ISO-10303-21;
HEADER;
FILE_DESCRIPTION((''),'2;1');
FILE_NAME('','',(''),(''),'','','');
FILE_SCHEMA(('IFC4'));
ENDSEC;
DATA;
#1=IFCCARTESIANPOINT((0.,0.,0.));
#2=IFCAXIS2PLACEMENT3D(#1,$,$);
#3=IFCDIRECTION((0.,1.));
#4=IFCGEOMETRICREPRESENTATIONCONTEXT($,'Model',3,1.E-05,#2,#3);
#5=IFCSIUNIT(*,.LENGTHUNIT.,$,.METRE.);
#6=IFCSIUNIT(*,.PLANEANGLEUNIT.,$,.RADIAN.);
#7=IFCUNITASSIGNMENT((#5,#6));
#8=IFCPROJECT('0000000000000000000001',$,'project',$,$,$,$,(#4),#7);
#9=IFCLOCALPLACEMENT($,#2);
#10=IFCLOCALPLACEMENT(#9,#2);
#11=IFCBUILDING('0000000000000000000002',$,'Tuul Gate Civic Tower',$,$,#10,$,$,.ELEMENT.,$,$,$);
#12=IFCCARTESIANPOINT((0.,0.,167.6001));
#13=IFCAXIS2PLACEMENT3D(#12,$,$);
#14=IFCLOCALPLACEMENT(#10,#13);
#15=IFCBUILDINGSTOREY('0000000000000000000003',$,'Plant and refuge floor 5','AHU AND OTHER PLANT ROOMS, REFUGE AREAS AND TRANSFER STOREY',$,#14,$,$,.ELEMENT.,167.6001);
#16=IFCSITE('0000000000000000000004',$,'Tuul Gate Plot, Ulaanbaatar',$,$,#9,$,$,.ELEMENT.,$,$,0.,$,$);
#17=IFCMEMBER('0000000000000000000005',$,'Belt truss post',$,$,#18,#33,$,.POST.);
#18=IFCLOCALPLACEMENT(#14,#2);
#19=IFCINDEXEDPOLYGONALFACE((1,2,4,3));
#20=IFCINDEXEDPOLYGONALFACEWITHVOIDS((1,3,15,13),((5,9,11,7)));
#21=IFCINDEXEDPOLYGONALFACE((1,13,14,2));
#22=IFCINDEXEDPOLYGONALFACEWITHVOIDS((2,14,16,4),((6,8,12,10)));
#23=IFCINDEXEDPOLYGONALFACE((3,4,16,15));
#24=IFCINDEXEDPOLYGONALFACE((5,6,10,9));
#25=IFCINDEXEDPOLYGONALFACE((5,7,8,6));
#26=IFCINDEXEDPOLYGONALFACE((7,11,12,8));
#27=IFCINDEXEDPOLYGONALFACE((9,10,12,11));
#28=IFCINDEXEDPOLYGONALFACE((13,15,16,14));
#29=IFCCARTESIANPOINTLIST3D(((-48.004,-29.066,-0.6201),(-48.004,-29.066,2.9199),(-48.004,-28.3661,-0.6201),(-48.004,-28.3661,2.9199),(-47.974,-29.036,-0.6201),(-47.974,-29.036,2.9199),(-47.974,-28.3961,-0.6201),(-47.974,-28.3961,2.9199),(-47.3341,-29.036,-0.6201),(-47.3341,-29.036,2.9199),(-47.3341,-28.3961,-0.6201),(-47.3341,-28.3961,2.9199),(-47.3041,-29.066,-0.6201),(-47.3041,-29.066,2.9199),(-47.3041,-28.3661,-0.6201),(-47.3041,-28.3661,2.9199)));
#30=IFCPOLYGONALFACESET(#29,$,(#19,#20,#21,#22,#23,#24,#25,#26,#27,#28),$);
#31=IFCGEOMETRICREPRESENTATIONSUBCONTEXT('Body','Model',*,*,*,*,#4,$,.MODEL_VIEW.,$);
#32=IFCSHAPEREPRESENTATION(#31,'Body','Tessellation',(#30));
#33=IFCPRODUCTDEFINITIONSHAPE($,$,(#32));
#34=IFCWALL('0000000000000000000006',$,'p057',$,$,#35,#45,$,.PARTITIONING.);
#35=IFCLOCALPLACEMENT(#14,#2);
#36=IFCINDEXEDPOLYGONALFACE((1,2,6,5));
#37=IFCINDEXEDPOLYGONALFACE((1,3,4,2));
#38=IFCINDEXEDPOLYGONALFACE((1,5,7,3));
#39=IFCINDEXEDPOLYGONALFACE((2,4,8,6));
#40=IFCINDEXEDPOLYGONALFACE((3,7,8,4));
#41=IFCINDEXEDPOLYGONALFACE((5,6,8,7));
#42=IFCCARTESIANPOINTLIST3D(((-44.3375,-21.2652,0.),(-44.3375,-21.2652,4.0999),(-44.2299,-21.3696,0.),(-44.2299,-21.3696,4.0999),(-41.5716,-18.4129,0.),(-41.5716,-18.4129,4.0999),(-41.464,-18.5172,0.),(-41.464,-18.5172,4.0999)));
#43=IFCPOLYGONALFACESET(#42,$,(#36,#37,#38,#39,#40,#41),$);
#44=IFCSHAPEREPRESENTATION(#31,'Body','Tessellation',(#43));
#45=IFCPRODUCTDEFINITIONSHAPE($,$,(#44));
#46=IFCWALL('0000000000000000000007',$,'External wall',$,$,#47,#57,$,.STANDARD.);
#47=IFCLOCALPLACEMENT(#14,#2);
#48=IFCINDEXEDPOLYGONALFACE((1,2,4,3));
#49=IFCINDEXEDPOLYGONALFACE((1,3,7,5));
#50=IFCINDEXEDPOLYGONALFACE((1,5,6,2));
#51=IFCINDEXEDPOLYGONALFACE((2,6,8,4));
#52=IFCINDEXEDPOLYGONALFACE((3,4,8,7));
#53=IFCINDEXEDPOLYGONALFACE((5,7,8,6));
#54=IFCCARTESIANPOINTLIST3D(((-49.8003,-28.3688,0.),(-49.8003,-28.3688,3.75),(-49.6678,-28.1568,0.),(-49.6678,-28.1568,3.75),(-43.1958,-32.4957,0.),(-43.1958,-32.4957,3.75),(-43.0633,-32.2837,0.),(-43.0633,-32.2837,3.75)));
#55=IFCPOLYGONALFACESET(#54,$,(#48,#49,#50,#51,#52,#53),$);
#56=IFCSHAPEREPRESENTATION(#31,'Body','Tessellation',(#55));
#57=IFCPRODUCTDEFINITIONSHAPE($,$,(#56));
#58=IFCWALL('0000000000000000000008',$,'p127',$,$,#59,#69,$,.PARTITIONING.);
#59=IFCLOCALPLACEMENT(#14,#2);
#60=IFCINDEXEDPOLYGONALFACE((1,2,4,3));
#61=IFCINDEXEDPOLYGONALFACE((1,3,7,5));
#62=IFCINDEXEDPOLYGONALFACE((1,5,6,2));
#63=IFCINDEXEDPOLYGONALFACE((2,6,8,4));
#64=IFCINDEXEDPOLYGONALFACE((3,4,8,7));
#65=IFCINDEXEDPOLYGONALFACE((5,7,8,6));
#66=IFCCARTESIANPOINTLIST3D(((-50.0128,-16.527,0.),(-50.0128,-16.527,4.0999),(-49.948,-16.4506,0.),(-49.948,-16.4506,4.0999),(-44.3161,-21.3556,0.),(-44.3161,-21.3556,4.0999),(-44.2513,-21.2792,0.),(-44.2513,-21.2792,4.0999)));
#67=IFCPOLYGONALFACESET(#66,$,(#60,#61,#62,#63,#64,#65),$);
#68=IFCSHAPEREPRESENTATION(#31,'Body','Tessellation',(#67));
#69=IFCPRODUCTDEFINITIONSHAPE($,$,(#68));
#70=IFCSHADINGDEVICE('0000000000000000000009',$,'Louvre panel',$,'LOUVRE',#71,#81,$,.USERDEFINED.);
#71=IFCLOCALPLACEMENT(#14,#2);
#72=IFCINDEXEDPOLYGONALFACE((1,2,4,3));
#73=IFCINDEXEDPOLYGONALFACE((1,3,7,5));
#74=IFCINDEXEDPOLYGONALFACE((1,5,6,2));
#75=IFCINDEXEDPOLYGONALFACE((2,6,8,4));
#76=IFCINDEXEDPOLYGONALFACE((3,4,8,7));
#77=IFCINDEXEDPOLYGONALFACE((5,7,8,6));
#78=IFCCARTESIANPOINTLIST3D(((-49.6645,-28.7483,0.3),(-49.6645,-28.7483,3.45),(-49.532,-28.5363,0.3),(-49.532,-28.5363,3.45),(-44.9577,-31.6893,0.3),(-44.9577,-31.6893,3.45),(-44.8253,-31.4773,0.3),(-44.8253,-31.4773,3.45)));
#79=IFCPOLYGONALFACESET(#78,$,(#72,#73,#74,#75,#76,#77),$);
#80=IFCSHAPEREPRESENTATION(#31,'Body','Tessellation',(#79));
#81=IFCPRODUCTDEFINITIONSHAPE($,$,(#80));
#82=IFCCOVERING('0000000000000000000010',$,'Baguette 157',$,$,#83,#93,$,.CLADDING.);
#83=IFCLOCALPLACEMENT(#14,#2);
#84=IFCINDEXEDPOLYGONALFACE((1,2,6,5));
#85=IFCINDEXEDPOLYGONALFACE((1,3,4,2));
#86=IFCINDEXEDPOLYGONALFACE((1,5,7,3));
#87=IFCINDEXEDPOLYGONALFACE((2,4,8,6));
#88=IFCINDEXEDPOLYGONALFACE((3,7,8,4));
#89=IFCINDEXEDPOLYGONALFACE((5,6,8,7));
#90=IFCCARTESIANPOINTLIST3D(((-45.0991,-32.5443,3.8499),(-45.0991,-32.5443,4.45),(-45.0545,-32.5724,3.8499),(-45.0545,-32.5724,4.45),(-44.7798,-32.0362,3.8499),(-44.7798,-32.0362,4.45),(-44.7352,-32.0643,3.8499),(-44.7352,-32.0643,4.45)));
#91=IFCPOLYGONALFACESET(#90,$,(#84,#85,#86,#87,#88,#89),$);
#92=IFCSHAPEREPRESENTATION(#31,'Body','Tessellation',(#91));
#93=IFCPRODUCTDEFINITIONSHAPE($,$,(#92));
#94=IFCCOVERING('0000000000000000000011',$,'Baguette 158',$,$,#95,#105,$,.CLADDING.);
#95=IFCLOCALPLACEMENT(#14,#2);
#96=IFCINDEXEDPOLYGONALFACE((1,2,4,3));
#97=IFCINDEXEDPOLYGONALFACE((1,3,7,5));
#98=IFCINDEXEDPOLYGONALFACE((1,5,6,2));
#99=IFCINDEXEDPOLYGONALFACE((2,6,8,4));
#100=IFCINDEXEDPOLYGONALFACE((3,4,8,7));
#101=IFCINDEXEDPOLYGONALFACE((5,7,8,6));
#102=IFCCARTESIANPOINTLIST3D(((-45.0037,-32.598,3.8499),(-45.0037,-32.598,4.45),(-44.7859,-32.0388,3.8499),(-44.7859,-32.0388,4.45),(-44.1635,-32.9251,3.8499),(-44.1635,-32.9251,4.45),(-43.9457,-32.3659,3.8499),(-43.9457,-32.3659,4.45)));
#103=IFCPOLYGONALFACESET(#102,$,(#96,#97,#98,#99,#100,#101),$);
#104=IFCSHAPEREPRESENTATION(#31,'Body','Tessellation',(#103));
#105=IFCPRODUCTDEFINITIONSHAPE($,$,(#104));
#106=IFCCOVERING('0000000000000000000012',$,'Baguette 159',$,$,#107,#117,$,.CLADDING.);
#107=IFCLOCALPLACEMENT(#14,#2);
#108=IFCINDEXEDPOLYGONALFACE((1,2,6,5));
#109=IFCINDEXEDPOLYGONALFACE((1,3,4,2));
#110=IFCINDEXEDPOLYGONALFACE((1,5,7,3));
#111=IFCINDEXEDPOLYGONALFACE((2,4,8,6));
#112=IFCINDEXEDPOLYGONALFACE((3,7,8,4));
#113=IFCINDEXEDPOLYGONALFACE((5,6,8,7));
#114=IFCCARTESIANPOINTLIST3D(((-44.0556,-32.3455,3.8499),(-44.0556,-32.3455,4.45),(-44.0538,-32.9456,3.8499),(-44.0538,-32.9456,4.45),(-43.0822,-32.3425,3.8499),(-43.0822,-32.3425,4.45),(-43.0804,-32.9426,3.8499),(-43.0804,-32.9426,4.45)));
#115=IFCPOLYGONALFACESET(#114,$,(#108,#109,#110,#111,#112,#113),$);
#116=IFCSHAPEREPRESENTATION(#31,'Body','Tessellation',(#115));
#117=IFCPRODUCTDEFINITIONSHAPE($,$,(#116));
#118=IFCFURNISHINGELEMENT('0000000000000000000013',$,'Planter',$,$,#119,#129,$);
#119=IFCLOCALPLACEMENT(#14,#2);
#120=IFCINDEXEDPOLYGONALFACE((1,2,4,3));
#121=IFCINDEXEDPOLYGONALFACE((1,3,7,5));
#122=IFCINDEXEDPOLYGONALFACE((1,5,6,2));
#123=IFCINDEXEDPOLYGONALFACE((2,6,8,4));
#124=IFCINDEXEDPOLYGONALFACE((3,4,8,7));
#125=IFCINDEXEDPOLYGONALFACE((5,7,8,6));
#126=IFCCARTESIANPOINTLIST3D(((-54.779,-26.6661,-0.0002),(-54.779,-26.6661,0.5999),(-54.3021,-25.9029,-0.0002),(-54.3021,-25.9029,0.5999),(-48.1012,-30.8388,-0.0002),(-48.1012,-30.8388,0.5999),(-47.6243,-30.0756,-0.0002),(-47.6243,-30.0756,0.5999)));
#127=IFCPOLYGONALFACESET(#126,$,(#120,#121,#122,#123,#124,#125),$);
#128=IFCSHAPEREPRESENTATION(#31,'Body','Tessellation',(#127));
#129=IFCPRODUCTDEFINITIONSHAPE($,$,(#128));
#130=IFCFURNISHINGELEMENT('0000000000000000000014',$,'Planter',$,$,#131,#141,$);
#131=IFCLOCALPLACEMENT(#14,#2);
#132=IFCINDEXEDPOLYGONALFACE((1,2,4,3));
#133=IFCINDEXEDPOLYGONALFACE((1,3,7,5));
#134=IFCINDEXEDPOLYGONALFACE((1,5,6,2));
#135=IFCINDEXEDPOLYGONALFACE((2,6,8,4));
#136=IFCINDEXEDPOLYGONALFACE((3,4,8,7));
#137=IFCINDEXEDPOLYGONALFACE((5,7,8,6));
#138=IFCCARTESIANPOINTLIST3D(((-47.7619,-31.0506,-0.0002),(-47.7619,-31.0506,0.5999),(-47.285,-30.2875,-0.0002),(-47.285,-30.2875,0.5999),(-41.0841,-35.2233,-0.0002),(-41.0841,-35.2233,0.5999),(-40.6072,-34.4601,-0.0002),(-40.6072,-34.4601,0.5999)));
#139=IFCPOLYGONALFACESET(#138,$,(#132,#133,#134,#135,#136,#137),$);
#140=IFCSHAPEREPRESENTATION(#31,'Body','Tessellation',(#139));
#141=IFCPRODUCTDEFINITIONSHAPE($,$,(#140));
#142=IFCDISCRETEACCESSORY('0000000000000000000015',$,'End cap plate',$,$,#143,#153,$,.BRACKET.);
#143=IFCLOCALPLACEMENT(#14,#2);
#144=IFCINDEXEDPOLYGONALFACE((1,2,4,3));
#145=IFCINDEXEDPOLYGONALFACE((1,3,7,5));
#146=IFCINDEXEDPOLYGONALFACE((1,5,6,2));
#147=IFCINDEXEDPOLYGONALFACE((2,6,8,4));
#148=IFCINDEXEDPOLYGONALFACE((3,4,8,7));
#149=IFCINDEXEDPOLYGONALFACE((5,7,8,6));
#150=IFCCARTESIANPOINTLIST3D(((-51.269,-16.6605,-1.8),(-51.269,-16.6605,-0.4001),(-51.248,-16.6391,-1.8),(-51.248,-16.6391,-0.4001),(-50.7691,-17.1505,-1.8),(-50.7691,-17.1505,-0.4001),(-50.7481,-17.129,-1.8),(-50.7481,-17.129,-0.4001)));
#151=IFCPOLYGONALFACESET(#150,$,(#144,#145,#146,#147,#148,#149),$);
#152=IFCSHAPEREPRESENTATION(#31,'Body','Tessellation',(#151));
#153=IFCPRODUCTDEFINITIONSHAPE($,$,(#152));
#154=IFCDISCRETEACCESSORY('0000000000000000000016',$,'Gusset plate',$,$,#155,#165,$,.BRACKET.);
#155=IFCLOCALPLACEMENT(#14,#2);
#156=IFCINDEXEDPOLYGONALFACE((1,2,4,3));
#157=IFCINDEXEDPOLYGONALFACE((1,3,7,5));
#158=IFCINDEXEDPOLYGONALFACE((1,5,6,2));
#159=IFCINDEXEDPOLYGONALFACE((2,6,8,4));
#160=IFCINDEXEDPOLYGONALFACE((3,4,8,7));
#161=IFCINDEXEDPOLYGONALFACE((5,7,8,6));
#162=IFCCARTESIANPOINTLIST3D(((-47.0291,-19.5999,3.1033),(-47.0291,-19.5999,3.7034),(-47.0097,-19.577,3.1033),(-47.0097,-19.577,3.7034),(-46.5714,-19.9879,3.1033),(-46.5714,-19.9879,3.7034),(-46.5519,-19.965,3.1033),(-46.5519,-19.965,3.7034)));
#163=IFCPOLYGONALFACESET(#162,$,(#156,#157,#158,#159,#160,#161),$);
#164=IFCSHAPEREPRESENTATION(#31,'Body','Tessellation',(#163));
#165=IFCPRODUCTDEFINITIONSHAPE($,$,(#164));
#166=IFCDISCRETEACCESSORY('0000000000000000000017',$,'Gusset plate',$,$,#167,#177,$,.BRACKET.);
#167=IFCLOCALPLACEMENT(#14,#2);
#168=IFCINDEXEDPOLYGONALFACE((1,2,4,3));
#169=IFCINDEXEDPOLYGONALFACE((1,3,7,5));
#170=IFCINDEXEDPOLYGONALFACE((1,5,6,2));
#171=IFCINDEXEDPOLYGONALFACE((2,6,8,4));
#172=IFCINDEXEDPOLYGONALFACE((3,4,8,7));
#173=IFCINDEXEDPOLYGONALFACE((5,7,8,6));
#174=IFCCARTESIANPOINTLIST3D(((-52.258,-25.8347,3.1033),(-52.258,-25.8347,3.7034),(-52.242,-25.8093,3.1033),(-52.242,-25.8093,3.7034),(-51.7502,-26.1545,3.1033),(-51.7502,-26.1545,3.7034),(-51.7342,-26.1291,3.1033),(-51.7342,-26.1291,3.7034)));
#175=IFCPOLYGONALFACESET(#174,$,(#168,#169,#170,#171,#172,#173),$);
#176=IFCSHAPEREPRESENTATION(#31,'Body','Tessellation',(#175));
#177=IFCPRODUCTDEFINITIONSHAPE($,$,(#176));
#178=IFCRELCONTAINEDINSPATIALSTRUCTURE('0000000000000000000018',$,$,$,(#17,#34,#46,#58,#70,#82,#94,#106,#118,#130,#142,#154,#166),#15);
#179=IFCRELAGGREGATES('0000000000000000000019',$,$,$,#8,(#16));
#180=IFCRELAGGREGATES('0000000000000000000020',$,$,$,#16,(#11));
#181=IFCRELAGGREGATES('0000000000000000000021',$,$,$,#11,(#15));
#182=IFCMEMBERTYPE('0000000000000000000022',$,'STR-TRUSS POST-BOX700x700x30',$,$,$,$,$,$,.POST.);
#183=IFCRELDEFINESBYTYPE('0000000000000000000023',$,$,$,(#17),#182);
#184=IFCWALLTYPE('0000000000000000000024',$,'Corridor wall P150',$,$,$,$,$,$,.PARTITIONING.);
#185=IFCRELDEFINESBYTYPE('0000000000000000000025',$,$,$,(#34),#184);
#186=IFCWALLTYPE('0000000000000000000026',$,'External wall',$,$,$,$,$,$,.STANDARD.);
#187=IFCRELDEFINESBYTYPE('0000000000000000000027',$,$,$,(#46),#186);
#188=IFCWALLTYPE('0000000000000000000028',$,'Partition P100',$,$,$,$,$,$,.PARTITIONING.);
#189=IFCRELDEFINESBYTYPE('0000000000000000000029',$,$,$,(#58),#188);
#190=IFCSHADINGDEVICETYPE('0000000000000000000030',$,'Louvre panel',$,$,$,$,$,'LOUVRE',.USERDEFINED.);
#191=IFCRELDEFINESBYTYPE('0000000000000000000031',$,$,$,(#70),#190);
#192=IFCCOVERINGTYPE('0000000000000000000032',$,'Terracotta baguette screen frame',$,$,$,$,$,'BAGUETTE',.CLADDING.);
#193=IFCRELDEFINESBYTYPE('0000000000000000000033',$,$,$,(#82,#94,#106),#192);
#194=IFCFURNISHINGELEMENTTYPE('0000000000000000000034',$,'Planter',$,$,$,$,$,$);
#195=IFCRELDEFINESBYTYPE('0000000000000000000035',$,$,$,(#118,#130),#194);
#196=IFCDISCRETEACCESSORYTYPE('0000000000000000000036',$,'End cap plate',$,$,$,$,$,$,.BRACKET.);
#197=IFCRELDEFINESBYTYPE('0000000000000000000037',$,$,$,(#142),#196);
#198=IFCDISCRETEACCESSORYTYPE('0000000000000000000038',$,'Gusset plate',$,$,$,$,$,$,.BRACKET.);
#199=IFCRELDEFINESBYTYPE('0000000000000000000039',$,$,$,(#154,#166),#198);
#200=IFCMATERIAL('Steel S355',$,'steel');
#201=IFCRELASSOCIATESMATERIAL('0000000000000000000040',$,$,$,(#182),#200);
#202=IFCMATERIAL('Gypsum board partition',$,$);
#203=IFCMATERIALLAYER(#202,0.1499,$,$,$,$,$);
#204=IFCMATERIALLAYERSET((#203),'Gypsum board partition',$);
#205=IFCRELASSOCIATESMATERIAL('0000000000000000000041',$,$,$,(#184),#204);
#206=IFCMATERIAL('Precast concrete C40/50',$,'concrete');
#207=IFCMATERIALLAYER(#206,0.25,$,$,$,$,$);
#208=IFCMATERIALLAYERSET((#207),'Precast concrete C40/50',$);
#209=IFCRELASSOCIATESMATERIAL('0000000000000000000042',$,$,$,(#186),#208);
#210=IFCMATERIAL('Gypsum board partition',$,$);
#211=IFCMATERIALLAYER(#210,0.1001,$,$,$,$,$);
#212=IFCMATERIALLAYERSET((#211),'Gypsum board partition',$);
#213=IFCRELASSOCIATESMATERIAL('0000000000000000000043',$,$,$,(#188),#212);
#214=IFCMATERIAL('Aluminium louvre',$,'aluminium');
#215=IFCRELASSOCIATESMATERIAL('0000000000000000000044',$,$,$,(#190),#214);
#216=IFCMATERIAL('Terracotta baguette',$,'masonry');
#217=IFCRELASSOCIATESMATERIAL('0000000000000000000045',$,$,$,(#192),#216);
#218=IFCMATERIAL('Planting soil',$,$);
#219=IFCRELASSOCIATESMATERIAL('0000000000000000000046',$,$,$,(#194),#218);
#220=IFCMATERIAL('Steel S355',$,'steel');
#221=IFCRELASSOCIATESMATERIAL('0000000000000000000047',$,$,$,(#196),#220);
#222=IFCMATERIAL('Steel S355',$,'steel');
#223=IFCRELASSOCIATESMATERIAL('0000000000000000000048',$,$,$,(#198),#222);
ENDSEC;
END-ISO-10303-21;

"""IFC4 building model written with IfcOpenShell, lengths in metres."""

from ifc_helpers import new_model, si_unit, direction, frame, frame_2d, origin, origin_2d, place, context, subcontext, project, spatial, rectangle, hollow_rectangle, extrude, material, layer, layer_set, material_profile, profile_set, type_object, element, save


model = new_model("IFC4")

# Units and contexts
model_context = context("Model", 3, precision=1e-05, world=origin(), true_north=direction((0.0, 1.0)))
body_context = subcontext(model_context, "Body", "Model", "MODEL_VIEW")
ifc_project = project(units=[si_unit("LENGTHUNIT", "METRE"), si_unit("PLANEANGLEUNIT", "RADIAN")], contexts=[model_context])

# Site, building, storey
site_placement = place(None, origin())
site = spatial("IfcSite", under=ifc_project, at=site_placement, Name="Tuul Gate Plot, Ulaanbaatar", CompositionType="ELEMENT", RefElevation=0.0)
building_placement = place(site_placement, origin())
building = spatial("IfcBuilding", under=site, at=building_placement, Name="Tuul Gate Civic Tower", CompositionType="ELEMENT")
storey_placement = place(building_placement, frame((0.0, 0.0, 167.6001)))
storey = spatial("IfcBuildingStorey", under=building, at=storey_placement, Name="Plant and refuge floor 5", Description="AHU AND OTHER PLANT ROOMS, REFUGE AREAS AND TRANSFER STOREY", CompositionType="ELEMENT", Elevation=167.6001)

# Member
ifc_material_1 = material(Name="Steel S355", Category="steel")
ifc_material_profile_1 = material_profile(ifc_material_1, hollow_rectangle(XDim=0.7, YDim=0.7, WallThickness=0.03, at=origin_2d()), Name="BOX700x700x30")
ifc_profile_set_1 = profile_set([ifc_material_profile_1], Name="Steel S355")
member_type_1 = type_object("IfcMemberType", Name="STR-TRUSS POST-BOX700x700x30", PredefinedType="POST", material=ifc_profile_set_1)
for number, where, z_axis, x_axis, name in (
    (1, (-47.6541, -28.7161, -0.6201), (0.0, 0.0, 1.0), (1.0, 0.0, 0.0), "Belt truss post"),
):
    element("IfcMember", number, at=place(storey_placement, frame(where, z_axis=z_axis, x_axis=x_axis)), inside=storey, type_object=member_type_1, Name=name, PredefinedType="POST", context=body_context, shape_type="SweptSolid", body=[
        extrude(hollow_rectangle(XDim=0.7, YDim=0.7, WallThickness=0.03, at=origin_2d()), origin(), (0.0, 0.0, 1.0), 3.54),
    ])

# Walls
ifc_material_2 = material(Name="Gypsum board partition")
ifc_layer_1 = layer(ifc_material_2, 0.1499)
ifc_layer_set_1 = layer_set([ifc_layer_1], Name="Gypsum board partition")
wall_type_1 = type_object("IfcWallType", Name="Corridor wall P150", PredefinedType="PARTITIONING", material=ifc_layer_set_1)
wall_1_placement = place(storey_placement, frame((-44.2837, -21.3174, 0.0), z_axis=(0.0, 0.0, 1.0), x_axis=(0.696147, 0.717899, 0.0)))
element("IfcWall", 2, at=wall_1_placement, inside=storey, type_object=wall_type_1, Name="p057", PredefinedType="PARTITIONING", context=body_context, shape_type="SweptSolid", body=[
    extrude(rectangle(XDim=3.9731, YDim=0.1499, at=frame_2d((1.9866, 0.0))), origin(), (0.0, 0.0, 1.0), 4.0999),
])
ifc_material_3 = material(Name="Precast concrete C40/50", Category="concrete")
ifc_layer_2 = layer(ifc_material_3, 0.25)
ifc_layer_set_2 = layer_set([ifc_layer_2], Name="Precast concrete C40/50")
wall_type_2 = type_object("IfcWallType", Name="External wall", PredefinedType="STANDARD", material=ifc_layer_set_2)
wall_2_placement = place(storey_placement, frame((-49.7341, -28.2627, 0.0), z_axis=(0.0, 0.0, 1.0), x_axis=(0.848048, -0.52992, 0.0)))
element("IfcWall", 3, at=wall_2_placement, inside=storey, type_object=wall_type_2, Name="External wall", PredefinedType="STANDARD", context=body_context, shape_type="SweptSolid", body=[
    extrude(rectangle(XDim=7.7878, YDim=0.25, at=frame_2d((3.894, 0.0))), origin(), (0.0, 0.0, 1.0), 3.75),
])
ifc_material_4 = material(Name="Gypsum board partition")
ifc_layer_3 = layer(ifc_material_4, 0.1001)
ifc_layer_set_3 = layer_set([ifc_layer_3], Name="Gypsum board partition")
wall_type_3 = type_object("IfcWallType", Name="Partition P100", PredefinedType="PARTITIONING", material=ifc_layer_set_3)
wall_3_placement = place(storey_placement, frame((-44.2837, -21.3174, 0.0), z_axis=(0.0, 0.0, 1.0), x_axis=(-0.76284, 0.646587, 0.0)))
element("IfcWall", 4, at=wall_3_placement, inside=storey, type_object=wall_type_3, Name="p127", PredefinedType="PARTITIONING", context=body_context, shape_type="SweptSolid", body=[
    extrude(rectangle(XDim=7.4678, YDim=0.1001, at=frame_2d((3.7339, 0.0))), origin(), (0.0, 0.0, 1.0), 4.0999),
])

# Shading device
ifc_material_5 = material(Name="Aluminium louvre", Category="aluminium")
shading_device_type = type_object("IfcShadingDeviceType", Name="Louvre panel", ElementType="LOUVRE", PredefinedType="USERDEFINED", material=ifc_material_5)
shading_device_placement = place(storey_placement, frame((-47.2449, -30.1128, 0.3), z_axis=(0.0, 0.0, 1.0), x_axis=(-0.529912, -0.848053, 0.0)))
element("IfcShadingDevice", 5, at=shading_device_placement, inside=storey, type_object=shading_device_type, Name="Louvre panel", ObjectType="LOUVRE", PredefinedType="USERDEFINED", context=body_context, shape_type="SweptSolid", body=[
    extrude(rectangle(XDim=0.25, YDim=5.55, at=origin_2d()), origin(), (0.0, 0.0, 1.0), 3.1499),
])

# Coverings
ifc_material_6 = material(Name="Terracotta baguette", Category="masonry")
ifc_material_profile_2 = material_profile(ifc_material_6, rectangle(XDim=0.6001, YDim=0.6001, at=origin_2d()), Name="Terracotta baguette screen frame")
ifc_profile_set_2 = profile_set([ifc_material_profile_2], Name="Terracotta baguette")
covering_type = type_object("IfcCoveringType", Name="Terracotta baguette screen frame", ElementType="BAGUETTE", PredefinedType="CLADDING", material=ifc_profile_set_2)
covering_1_placement = place(storey_placement, frame((-44.9395, -32.2903, 4.1499), z_axis=(0.846696, -0.532077, 0.0), x_axis=(0.532077, 0.846696, 0.0)))
element("IfcCovering", 6, at=covering_1_placement, inside=storey, type_object=covering_type, Name="Baguette 157", PredefinedType="CLADDING", context=body_context, shape_type="SweptSolid", body=[
    extrude(rectangle(XDim=0.6001, YDim=0.6001, at=origin_2d()), origin(), (0.0, 0.0, 1.0), 0.0527),
])
covering_2_placement = place(storey_placement, frame((-44.8948, -32.3184, 4.1499), z_axis=(0.931837, -0.362877, 0.0), x_axis=(0.362877, 0.931837, 0.0)))
element("IfcCovering", 7, at=covering_2_placement, inside=storey, type_object=covering_type, Name="Baguette 158", PredefinedType="CLADDING", context=body_context, shape_type="SweptSolid", body=[
    extrude(rectangle(XDim=0.6001, YDim=0.6001, at=origin_2d()), origin(), (0.0, 0.0, 1.0), 0.9016),
])
covering_3_placement = place(storey_placement, frame((-44.0547, -32.6455, 4.1499), z_axis=(0.999995, 0.00301, 0.0), x_axis=(-0.00301, 0.999995, 0.0)))
element("IfcCovering", 8, at=covering_3_placement, inside=storey, type_object=covering_type, Name="Baguette 159", PredefinedType="CLADDING", context=body_context, shape_type="SweptSolid", body=[
    extrude(rectangle(XDim=0.6001, YDim=0.6001, at=origin_2d()), origin(), (0.0, 0.0, 1.0), 0.9734),
])

# Furnishing elements
ifc_material_7 = material(Name="Planting soil")
furnishing_element_type = type_object("IfcFurnishingElementType", Name="Planter", material=ifc_material_7)
for number, where, z_axis, x_axis, name in (
    (9, (-51.2017, -28.3708, -0.0002), (0.0, 0.0, 1.0), (0.848053, -0.529912, 0.0), "Planter"),
    (10, (-44.1846, -32.7554, -0.0002), (0.0, 0.0, 1.0), (0.848053, -0.529912, 0.0), "Planter"),
):
    element("IfcFurnishingElement", number, at=place(storey_placement, frame(where, z_axis=z_axis, x_axis=x_axis)), inside=storey, type_object=furnishing_element_type, Name=name, context=body_context, shape_type="SweptSolid", body=[
        extrude(rectangle(XDim=7.8743, YDim=0.8999, at=origin_2d()), origin(), (0.0, 0.0, 1.0), 0.6001),
    ])

# Discrete accessories
ifc_material_8 = material(Name="Steel S355", Category="steel")
discrete_accessory_type_1 = type_object("IfcDiscreteAccessoryType", Name="End cap plate", PredefinedType="BRACKET", material=ifc_material_8)
discrete_accessory_1_placement = place(storey_placement, frame((-51.0085, -16.8948, -1.8), z_axis=(0.0, 0.0, 1.0), x_axis=(-0.7, -0.714143, 0.0)))
element("IfcDiscreteAccessory", 11, at=discrete_accessory_1_placement, inside=storey, type_object=discrete_accessory_type_1, Name="End cap plate", PredefinedType="BRACKET", context=body_context, shape_type="SweptSolid", body=[
    extrude(rectangle(XDim=0.03, YDim=0.7, at=origin_2d()), origin(), (0.0, 0.0, 1.0), 1.3999),
])
ifc_material_9 = material(Name="Steel S355", Category="steel")
discrete_accessory_type_2 = type_object("IfcDiscreteAccessoryType", Name="Gusset plate", PredefinedType="BRACKET", material=ifc_material_9)
for number, where, z_axis, x_axis, name in (
    (12, (-46.7905, -19.7825, 3.1033), (0.0, 0.0, 1.0), (-0.762825, 0.646605, 0.0), "Gusset plate"),
    (13, (-51.9961, -25.9819, 3.1033), (0.0, 0.0, 1.0), (-0.846187, 0.532886, 0.0), "Gusset plate"),
):
    element("IfcDiscreteAccessory", number, at=place(storey_placement, frame(where, z_axis=z_axis, x_axis=x_axis)), inside=storey, type_object=discrete_accessory_type_2, Name=name, PredefinedType="BRACKET", context=body_context, shape_type="SweptSolid", body=[
        extrude(rectangle(XDim=0.6001, YDim=0.03, at=origin_2d()), origin(), (0.0, 0.0, 1.0), 0.6001),
    ])

save(model, "model.ifc")
